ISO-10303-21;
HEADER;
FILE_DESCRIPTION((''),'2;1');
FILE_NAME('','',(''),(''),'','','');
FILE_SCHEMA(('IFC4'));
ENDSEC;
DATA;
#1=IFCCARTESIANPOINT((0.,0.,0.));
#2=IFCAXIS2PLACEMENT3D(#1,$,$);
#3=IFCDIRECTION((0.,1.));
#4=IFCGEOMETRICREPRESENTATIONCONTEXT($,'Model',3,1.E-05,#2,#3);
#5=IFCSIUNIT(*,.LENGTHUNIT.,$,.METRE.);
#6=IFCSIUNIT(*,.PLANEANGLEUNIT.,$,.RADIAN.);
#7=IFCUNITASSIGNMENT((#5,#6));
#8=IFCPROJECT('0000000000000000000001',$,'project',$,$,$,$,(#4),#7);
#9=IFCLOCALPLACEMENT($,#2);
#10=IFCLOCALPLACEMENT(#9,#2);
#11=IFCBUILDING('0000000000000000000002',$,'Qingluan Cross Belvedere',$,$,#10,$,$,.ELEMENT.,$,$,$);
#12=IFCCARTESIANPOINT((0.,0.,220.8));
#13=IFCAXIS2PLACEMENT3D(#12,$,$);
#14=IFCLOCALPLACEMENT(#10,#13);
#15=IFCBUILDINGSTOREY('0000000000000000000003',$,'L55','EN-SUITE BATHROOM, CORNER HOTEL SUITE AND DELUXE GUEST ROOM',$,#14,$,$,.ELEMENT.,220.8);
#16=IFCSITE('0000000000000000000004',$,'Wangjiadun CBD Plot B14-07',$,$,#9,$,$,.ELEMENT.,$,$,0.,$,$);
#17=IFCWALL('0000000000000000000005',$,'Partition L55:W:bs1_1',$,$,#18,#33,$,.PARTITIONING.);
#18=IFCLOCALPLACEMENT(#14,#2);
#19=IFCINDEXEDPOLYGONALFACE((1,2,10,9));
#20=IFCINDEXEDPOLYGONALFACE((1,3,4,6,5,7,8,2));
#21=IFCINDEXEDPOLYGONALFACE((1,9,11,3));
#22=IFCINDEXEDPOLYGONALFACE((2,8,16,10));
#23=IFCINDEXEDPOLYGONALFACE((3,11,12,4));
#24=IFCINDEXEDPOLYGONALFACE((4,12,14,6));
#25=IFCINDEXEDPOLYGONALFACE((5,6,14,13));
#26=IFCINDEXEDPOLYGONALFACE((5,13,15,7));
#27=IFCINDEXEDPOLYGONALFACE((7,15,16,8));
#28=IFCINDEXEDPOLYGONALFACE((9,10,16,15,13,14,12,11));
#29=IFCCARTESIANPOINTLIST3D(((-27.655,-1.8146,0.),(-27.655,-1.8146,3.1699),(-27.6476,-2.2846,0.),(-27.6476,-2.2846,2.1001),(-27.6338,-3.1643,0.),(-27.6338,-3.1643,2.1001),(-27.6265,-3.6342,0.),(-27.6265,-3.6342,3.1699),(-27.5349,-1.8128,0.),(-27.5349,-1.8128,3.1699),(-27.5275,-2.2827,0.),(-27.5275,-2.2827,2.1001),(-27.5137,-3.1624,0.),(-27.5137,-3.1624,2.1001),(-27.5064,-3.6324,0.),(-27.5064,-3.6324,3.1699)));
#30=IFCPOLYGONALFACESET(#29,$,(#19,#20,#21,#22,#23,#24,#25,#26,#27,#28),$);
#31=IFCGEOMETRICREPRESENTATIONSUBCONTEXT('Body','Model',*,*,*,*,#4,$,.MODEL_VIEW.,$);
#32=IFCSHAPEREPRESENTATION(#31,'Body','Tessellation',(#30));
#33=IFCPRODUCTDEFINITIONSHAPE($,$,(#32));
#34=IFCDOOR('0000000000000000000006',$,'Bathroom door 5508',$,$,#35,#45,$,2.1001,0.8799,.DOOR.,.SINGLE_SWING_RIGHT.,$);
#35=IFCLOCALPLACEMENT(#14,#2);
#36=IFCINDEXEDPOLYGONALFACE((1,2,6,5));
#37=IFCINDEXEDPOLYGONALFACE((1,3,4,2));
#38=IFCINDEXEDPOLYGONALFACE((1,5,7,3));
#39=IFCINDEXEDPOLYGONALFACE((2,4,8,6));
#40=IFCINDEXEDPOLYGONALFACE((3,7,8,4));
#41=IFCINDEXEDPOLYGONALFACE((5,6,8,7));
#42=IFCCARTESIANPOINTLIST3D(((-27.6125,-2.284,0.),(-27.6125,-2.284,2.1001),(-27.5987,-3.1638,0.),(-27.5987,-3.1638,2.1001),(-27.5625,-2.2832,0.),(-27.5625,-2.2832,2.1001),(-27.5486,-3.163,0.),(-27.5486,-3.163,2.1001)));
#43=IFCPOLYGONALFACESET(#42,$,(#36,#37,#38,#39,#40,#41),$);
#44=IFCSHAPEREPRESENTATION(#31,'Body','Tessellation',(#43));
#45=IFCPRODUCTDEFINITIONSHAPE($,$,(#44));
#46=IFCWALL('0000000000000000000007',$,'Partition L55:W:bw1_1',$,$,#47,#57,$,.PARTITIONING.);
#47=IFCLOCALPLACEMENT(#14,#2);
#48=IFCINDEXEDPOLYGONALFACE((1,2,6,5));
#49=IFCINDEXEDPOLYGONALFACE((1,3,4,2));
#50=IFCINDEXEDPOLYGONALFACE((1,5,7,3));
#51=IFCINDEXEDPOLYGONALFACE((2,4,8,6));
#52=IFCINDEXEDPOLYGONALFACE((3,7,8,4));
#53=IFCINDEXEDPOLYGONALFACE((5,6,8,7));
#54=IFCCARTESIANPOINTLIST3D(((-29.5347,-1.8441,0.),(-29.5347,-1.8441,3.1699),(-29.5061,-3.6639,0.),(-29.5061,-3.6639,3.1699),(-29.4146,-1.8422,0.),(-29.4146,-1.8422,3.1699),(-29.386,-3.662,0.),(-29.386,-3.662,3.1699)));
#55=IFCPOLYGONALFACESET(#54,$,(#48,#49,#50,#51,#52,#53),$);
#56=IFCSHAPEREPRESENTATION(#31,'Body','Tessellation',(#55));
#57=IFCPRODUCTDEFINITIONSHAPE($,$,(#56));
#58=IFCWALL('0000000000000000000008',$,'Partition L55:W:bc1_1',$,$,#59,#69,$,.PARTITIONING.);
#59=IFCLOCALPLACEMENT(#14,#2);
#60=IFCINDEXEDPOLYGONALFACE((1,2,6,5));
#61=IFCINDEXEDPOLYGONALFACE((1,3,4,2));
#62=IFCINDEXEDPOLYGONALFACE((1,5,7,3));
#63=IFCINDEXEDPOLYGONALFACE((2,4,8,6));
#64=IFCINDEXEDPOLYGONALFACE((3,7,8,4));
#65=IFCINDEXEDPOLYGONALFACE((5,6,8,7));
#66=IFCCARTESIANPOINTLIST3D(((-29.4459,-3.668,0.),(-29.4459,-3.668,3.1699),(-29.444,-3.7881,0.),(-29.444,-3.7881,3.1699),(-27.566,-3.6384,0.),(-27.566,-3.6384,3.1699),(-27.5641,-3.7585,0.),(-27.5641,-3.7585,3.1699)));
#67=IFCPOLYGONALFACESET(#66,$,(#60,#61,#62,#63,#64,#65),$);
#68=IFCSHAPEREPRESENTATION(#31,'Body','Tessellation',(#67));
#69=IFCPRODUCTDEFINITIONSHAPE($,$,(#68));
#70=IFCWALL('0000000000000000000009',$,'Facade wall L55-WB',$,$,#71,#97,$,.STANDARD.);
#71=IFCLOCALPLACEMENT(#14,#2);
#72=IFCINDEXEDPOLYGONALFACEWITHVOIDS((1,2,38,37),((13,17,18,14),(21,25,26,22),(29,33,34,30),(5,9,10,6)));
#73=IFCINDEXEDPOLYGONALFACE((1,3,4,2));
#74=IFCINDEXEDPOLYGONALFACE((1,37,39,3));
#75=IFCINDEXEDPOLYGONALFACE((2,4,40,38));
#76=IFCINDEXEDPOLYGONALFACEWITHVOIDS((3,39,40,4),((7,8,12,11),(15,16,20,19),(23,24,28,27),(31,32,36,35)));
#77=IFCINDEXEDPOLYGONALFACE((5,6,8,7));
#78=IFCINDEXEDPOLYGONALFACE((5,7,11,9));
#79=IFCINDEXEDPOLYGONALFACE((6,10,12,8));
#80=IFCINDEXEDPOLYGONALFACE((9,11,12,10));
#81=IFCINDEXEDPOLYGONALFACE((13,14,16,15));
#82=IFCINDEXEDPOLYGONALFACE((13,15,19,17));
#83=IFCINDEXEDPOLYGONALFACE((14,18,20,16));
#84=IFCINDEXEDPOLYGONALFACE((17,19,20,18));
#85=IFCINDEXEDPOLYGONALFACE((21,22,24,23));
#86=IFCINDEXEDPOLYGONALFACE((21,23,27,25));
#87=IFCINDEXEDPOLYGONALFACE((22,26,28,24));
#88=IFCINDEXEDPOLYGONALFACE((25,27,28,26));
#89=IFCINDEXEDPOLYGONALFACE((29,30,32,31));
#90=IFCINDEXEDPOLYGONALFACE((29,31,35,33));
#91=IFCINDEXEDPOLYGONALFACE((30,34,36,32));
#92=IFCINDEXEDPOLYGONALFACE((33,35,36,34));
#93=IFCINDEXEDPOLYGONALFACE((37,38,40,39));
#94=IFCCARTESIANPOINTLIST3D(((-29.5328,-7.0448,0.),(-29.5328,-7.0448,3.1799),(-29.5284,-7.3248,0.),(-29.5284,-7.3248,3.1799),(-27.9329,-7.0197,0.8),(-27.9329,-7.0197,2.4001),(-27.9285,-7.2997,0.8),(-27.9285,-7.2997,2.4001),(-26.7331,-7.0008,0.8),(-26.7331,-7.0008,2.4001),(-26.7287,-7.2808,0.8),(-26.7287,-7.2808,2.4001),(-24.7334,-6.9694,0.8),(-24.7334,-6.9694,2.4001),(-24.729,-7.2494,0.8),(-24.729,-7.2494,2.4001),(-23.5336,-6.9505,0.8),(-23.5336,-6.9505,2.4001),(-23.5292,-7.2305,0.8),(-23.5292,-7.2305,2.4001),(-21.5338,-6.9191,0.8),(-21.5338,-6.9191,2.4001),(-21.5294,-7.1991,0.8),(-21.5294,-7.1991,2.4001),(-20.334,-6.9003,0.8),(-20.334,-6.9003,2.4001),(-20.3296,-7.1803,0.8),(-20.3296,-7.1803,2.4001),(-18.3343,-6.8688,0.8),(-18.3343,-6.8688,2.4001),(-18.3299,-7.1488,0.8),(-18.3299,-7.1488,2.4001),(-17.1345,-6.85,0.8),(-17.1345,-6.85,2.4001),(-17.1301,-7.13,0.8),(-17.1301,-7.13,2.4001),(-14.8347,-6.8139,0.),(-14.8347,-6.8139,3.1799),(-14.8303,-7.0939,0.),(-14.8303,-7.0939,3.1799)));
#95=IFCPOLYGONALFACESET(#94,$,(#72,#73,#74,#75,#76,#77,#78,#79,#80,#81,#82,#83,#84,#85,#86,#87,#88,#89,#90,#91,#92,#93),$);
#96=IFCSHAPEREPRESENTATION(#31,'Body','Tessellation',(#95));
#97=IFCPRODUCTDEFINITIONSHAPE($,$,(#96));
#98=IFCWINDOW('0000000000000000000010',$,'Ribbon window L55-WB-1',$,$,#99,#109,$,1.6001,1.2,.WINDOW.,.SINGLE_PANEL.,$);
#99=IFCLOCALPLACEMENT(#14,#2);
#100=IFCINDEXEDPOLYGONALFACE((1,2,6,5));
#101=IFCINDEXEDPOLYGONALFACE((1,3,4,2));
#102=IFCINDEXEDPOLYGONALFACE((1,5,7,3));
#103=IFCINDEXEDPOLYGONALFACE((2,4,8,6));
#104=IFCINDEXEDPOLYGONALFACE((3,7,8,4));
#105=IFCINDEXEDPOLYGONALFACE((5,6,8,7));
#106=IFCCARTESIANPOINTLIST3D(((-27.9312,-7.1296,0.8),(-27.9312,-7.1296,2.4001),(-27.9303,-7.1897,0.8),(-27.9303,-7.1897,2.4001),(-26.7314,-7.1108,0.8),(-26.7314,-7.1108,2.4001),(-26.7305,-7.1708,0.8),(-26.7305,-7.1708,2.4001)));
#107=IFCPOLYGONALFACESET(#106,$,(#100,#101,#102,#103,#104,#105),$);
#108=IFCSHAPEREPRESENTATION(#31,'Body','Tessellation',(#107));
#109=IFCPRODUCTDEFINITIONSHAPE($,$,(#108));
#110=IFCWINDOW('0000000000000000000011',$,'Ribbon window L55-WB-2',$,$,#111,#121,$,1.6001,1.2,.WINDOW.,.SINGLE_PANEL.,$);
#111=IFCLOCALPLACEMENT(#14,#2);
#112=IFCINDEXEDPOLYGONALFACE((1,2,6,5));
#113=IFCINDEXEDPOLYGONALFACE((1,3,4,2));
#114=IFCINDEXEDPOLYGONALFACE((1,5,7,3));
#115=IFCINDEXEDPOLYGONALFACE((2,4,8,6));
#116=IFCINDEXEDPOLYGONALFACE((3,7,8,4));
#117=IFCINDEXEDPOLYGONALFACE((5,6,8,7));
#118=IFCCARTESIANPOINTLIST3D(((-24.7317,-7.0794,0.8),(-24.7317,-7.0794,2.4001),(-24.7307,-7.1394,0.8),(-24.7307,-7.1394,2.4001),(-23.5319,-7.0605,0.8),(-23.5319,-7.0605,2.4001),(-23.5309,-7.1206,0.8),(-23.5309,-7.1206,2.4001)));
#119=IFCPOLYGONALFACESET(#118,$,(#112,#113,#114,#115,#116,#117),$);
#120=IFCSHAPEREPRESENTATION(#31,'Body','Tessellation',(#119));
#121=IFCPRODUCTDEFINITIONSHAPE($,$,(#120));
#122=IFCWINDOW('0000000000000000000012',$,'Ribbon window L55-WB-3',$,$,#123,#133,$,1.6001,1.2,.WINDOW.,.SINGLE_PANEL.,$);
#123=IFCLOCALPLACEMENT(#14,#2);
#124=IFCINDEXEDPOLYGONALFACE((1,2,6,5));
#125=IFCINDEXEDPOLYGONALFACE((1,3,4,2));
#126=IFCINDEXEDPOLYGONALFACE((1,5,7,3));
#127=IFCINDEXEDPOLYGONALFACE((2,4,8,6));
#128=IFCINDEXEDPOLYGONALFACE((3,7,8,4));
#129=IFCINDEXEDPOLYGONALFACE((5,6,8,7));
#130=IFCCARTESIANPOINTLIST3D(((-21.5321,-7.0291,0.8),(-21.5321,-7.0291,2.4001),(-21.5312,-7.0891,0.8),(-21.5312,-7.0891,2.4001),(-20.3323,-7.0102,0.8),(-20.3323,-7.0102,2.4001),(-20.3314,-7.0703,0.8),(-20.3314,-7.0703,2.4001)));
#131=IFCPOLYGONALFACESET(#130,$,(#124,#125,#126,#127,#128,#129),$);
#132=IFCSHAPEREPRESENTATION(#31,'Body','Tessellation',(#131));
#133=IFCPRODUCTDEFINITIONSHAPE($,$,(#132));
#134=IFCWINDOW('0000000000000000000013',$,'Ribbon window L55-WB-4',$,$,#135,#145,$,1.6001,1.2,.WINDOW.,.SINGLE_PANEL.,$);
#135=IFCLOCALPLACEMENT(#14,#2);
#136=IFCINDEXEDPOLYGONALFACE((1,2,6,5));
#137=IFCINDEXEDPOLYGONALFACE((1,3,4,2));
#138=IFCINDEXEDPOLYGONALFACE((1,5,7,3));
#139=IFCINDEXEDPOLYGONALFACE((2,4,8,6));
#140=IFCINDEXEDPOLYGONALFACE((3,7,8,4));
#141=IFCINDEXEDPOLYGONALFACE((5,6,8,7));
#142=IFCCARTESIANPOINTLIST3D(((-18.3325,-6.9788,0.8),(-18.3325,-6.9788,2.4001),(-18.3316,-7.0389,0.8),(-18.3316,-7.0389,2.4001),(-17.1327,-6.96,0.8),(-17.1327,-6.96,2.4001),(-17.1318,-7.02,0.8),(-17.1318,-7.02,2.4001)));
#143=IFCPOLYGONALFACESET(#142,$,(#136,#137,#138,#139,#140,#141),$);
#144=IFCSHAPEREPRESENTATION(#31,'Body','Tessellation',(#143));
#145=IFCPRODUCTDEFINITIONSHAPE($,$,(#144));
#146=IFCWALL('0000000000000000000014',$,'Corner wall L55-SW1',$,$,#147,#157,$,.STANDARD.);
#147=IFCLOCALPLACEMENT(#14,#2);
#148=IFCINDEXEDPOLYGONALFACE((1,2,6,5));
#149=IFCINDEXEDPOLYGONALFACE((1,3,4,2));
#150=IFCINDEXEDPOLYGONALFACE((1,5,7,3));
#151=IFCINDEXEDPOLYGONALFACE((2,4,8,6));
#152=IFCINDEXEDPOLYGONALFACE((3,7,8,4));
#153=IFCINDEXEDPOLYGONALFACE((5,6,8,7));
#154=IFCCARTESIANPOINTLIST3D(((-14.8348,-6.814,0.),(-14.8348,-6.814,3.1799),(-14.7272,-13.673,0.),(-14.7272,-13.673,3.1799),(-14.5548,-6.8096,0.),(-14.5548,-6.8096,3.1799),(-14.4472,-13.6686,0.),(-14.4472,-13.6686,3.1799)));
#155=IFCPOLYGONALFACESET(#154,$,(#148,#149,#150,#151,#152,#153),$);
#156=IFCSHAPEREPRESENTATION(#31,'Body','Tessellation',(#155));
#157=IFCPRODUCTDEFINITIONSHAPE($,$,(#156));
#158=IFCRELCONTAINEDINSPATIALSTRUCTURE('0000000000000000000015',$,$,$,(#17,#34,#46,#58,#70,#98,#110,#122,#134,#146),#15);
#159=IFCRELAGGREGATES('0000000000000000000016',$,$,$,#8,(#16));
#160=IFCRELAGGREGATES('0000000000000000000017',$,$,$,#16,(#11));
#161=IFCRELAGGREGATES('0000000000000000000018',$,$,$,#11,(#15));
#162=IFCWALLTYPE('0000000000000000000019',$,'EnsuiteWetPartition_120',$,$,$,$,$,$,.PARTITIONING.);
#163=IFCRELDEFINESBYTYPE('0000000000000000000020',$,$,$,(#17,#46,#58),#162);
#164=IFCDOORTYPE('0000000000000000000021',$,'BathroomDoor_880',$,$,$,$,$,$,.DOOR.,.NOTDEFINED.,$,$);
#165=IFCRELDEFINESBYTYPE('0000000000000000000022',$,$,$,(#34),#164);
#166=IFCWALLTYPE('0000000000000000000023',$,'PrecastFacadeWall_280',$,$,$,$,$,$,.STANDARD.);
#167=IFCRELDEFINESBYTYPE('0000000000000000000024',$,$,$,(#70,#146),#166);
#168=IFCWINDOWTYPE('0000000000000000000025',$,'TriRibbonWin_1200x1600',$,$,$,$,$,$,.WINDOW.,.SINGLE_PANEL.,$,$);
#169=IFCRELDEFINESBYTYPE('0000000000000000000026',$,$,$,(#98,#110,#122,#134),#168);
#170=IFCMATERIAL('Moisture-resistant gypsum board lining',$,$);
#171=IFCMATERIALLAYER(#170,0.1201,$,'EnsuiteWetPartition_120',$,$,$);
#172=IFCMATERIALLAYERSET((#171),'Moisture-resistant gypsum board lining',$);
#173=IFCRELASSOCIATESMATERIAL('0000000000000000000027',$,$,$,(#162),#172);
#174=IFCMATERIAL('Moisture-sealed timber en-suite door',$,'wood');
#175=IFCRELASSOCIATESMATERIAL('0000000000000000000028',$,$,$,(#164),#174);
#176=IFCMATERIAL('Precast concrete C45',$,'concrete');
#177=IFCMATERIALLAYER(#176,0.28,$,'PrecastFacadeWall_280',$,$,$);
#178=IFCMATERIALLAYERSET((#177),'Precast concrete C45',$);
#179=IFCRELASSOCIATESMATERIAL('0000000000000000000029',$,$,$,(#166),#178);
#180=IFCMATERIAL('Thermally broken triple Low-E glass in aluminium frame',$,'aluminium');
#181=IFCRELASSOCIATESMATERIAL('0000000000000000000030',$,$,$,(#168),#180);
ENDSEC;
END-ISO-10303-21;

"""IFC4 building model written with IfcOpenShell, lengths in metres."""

from ifc_helpers import new_model, si_unit, direction, frame, frame_2d, origin, place, context, subcontext, project, spatial, rectangle, extrude, material, layer, layer_set, type_object, element, fill, save


model = new_model("IFC4")

# Units and contexts
model_context = context("Model", 3, precision=1e-05, world=origin(), true_north=direction((0.0, 1.0)))
body_context = subcontext(model_context, "Body", "Model", "MODEL_VIEW")
ifc_project = project(units=[si_unit("LENGTHUNIT", "METRE"), si_unit("PLANEANGLEUNIT", "RADIAN")], contexts=[model_context])

# Site, building, storey
site_placement = place(None, origin())
site = spatial("IfcSite", under=ifc_project, at=site_placement, Name="Wangjiadun CBD Plot B14-07", CompositionType="ELEMENT", RefElevation=0.0)
building_placement = place(site_placement, origin())
building = spatial("IfcBuilding", under=site, at=building_placement, Name="Qingluan Cross Belvedere", CompositionType="ELEMENT")
storey_placement = place(building_placement, frame((0.0, 0.0, 220.8)))
storey = spatial("IfcBuildingStorey", under=building, at=storey_placement, Name="L55", Description="EN-SUITE BATHROOM, CORNER HOTEL SUITE AND DELUXE GUEST ROOM", CompositionType="ELEMENT", Elevation=220.8)

# Shared definitions
ifc_material_1 = material(Name="Moisture-resistant gypsum board lining")
ifc_layer_1 = layer(ifc_material_1, 0.1201, Name="EnsuiteWetPartition_120")
ifc_layer_set_1 = layer_set([ifc_layer_1], Name="Moisture-resistant gypsum board lining")
wall_type_1 = type_object("IfcWallType", Name="EnsuiteWetPartition_120", PredefinedType="PARTITIONING", material=ifc_layer_set_1)
ifc_material_2 = material(Name="Moisture-sealed timber en-suite door", Category="wood")
door_type_1 = type_object("IfcDoorType", Name="BathroomDoor_880", OperationType="NOTDEFINED", PredefinedType="DOOR", material=ifc_material_2)

# Wall, opening, door
wall_1_placement = place(storey_placement, frame((-27.5664, -3.6333, 0.0), z_axis=(0.0, 0.0, 1.0), x_axis=(-0.015696, 0.999877, 0.0)))
wall_1 = element("IfcWall", 1, at=wall_1_placement, inside=storey, type_object=wall_type_1, Name="Partition L55:W:bs1_1", PredefinedType="PARTITIONING", context=body_context, shape_type="SweptSolid", body=[
    extrude(rectangle(XDim=1.8198, YDim=0.1201, at=frame_2d((0.9099, 0.0))), origin(), (0.0, 0.0, 1.0), 3.1699),
])
opening_1_placement = place(wall_1_placement, frame((0.47, 0.0, 0.0)))
opening_1 = element("IfcOpeningElement", 2, at=opening_1_placement, cuts=wall_1, PredefinedType="OPENING", context=body_context, shape_type="SweptSolid", body=[
    extrude(rectangle(XDim=0.8799, YDim=2.1001, at=frame_2d((0.4399, 1.05))), frame((0.0, 0.0701, 0.0), z_axis=(0.0, -1.0, 0.0), x_axis=(1.0, 0.0, 0.0)), (0.0, 0.0, 1.0), 0.1401),
])
door_1_placement = place(opening_1_placement, origin())
door_1 = element("IfcDoor", 3, at=door_1_placement, inside=storey, type_object=door_type_1, Name="Bathroom door 5508", OperationType="SINGLE_SWING_RIGHT", OverallHeight=2.1001, OverallWidth=0.8799, PredefinedType="DOOR", context=body_context, shape_type="SweptSolid", body=[
    extrude(rectangle(XDim=0.8799, YDim=2.1001, at=frame_2d((0.4399, 1.05))), frame((0.0, 0.0249, 0.0), z_axis=(0.0, -1.0, 0.0), x_axis=(1.0, 0.0, 0.0)), (0.0, 0.0, 1.0), 0.05),
])
fill(opening_1, door_1)

# Walls
wall_2_placement = place(storey_placement, frame((-29.446, -3.6631, 0.0), z_axis=(0.0, 0.0, 1.0), x_axis=(-0.015694, 0.999877, 0.0)))
element("IfcWall", 4, at=wall_2_placement, inside=storey, type_object=wall_type_1, Name="Partition L55:W:bw1_1", PredefinedType="PARTITIONING", context=body_context, shape_type="SweptSolid", body=[
    extrude(rectangle(XDim=1.8201, YDim=0.1201, at=frame_2d((0.9102, 0.0))), origin(), (0.0, 0.0, 1.0), 3.1699),
])
wall_3_placement = place(storey_placement, frame((-27.5652, -3.6985, 0.0), z_axis=(0.0, 0.0, 1.0), x_axis=(-0.999877, -0.015712, 0.0)))
element("IfcWall", 5, at=wall_3_placement, inside=storey, type_object=wall_type_1, Name="Partition L55:W:bc1_1", PredefinedType="PARTITIONING", context=body_context, shape_type="SweptSolid", body=[
    extrude(rectangle(XDim=1.8801, YDim=0.1201, at=frame_2d((0.9399, 0.0))), origin(), (0.0, 0.0, 1.0), 3.1699),
])

# Wall, openings, windows
ifc_material_3 = material(Name="Precast concrete C45", Category="concrete")
ifc_layer_2 = layer(ifc_material_3, 0.28, Name="PrecastFacadeWall_280")
ifc_layer_set_2 = layer_set([ifc_layer_2], Name="Precast concrete C45")
wall_type_2 = type_object("IfcWallType", Name="PrecastFacadeWall_280", PredefinedType="STANDARD", material=ifc_layer_set_2)
wall_4_placement = place(storey_placement, frame((-29.5308, -7.1848, 0.0), z_axis=(0.0, 0.0, 1.0), x_axis=(0.999877, 0.015711, 0.0)))
wall_4 = element("IfcWall", 6, at=wall_4_placement, inside=storey, type_object=wall_type_2, Name="Facade wall L55-WB", PredefinedType="STANDARD", context=body_context, shape_type="SweptSolid", body=[
    extrude(rectangle(XDim=14.7, YDim=0.28, at=frame_2d((7.3501, 0.0))), origin(), (0.0, 0.0, 1.0), 3.1799),
])
opening_2_placement = place(wall_4_placement, frame((1.6001, 0.0, 0.8)))
opening_2 = element("IfcOpeningElement", 7, at=opening_2_placement, cuts=wall_4, PredefinedType="OPENING", context=body_context, shape_type="SweptSolid", body=[
    extrude(rectangle(XDim=1.2, YDim=1.6001, at=frame_2d((0.6001, 0.8))), frame((0.0, 0.1499, 0.0), z_axis=(0.0, -1.0, 0.0), x_axis=(1.0, 0.0, 0.0)), (0.0, 0.0, 1.0), 0.3),
])
opening_3_placement = place(wall_4_placement, frame((4.8, 0.0, 0.8)))
opening_3 = element("IfcOpeningElement", 8, at=opening_3_placement, cuts=wall_4, PredefinedType="OPENING", context=body_context, shape_type="SweptSolid", body=[
    extrude(rectangle(XDim=1.2, YDim=1.6001, at=frame_2d((0.6001, 0.8))), frame((0.0, 0.1499, 0.0), z_axis=(0.0, -1.0, 0.0), x_axis=(1.0, 0.0, 0.0)), (0.0, 0.0, 1.0), 0.3),
])
opening_4_placement = place(wall_4_placement, frame((8.0, 0.0, 0.8)))
opening_4 = element("IfcOpeningElement", 9, at=opening_4_placement, cuts=wall_4, PredefinedType="OPENING", context=body_context, shape_type="SweptSolid", body=[
    extrude(rectangle(XDim=1.2, YDim=1.6001, at=frame_2d((0.6001, 0.8))), frame((0.0, 0.1499, 0.0), z_axis=(0.0, -1.0, 0.0), x_axis=(1.0, 0.0, 0.0)), (0.0, 0.0, 1.0), 0.3),
])
opening_5_placement = place(wall_4_placement, frame((11.2, 0.0, 0.8)))
opening_5 = element("IfcOpeningElement", 10, at=opening_5_placement, cuts=wall_4, PredefinedType="OPENING", context=body_context, shape_type="SweptSolid", body=[
    extrude(rectangle(XDim=1.2, YDim=1.6001, at=frame_2d((0.6001, 0.8))), frame((0.0, 0.1499, 0.0), z_axis=(0.0, -1.0, 0.0), x_axis=(1.0, 0.0, 0.0)), (0.0, 0.0, 1.0), 0.3),
])
ifc_material_4 = material(Name="Thermally broken triple Low-E glass in aluminium frame", Category="aluminium")
window_type = type_object("IfcWindowType", Name="TriRibbonWin_1200x1600", PartitioningType="SINGLE_PANEL", PredefinedType="WINDOW", material=ifc_material_4)
window_1_placement = place(opening_2_placement, origin())
window_1 = element("IfcWindow", 11, at=window_1_placement, inside=storey, type_object=window_type, Name="Ribbon window L55-WB-1", OverallHeight=1.6001, OverallWidth=1.2, PartitioningType="SINGLE_PANEL", PredefinedType="WINDOW", context=body_context, shape_type="SweptSolid", body=[
    extrude(rectangle(XDim=1.2, YDim=1.6001, at=frame_2d((0.6001, 0.8))), frame((0.0, 0.03, 0.0), z_axis=(0.0, -1.0, 0.0), x_axis=(1.0, 0.0, 0.0)), (0.0, 0.0, 1.0), 0.0601),
])
fill(opening_2, window_1)
window_2_placement = place(opening_3_placement, origin())
window_2 = element("IfcWindow", 12, at=window_2_placement, inside=storey, type_object=window_type, Name="Ribbon window L55-WB-2", OverallHeight=1.6001, OverallWidth=1.2, PartitioningType="SINGLE_PANEL", PredefinedType="WINDOW", context=body_context, shape_type="SweptSolid", body=[
    extrude(rectangle(XDim=1.2, YDim=1.6001, at=frame_2d((0.6001, 0.8))), frame((0.0, 0.03, 0.0), z_axis=(0.0, -1.0, 0.0), x_axis=(1.0, 0.0, 0.0)), (0.0, 0.0, 1.0), 0.0601),
])
fill(opening_3, window_2)
window_3_placement = place(opening_4_placement, origin())
window_3 = element("IfcWindow", 13, at=window_3_placement, inside=storey, type_object=window_type, Name="Ribbon window L55-WB-3", OverallHeight=1.6001, OverallWidth=1.2, PartitioningType="SINGLE_PANEL", PredefinedType="WINDOW", context=body_context, shape_type="SweptSolid", body=[
    extrude(rectangle(XDim=1.2, YDim=1.6001, at=frame_2d((0.6001, 0.8))), frame((0.0, 0.03, 0.0), z_axis=(0.0, -1.0, 0.0), x_axis=(1.0, 0.0, 0.0)), (0.0, 0.0, 1.0), 0.0601),
])
fill(opening_4, window_3)
window_4_placement = place(opening_5_placement, origin())
window_4 = element("IfcWindow", 14, at=window_4_placement, inside=storey, type_object=window_type, Name="Ribbon window L55-WB-4", OverallHeight=1.6001, OverallWidth=1.2, PartitioningType="SINGLE_PANEL", PredefinedType="WINDOW", context=body_context, shape_type="SweptSolid", body=[
    extrude(rectangle(XDim=1.2, YDim=1.6001, at=frame_2d((0.6001, 0.8))), frame((0.0, 0.03, 0.0), z_axis=(0.0, -1.0, 0.0), x_axis=(1.0, 0.0, 0.0)), (0.0, 0.0, 1.0), 0.0601),
])
fill(opening_5, window_4)

# Wall
wall_5_placement = place(storey_placement, frame((-14.6948, -6.8118, 0.0), z_axis=(0.0, 0.0, 1.0), x_axis=(0.015695, -0.999877, 0.0)))
element("IfcWall", 15, at=wall_5_placement, inside=storey, type_object=wall_type_2, Name="Corner wall L55-SW1", PredefinedType="STANDARD", context=body_context, shape_type="SweptSolid", body=[
    extrude(rectangle(XDim=6.8599, YDim=0.28, at=frame_2d((3.4299, 0.0))), origin(), (0.0, 0.0, 1.0), 3.1799),
])

save(model, "model.ifc")
